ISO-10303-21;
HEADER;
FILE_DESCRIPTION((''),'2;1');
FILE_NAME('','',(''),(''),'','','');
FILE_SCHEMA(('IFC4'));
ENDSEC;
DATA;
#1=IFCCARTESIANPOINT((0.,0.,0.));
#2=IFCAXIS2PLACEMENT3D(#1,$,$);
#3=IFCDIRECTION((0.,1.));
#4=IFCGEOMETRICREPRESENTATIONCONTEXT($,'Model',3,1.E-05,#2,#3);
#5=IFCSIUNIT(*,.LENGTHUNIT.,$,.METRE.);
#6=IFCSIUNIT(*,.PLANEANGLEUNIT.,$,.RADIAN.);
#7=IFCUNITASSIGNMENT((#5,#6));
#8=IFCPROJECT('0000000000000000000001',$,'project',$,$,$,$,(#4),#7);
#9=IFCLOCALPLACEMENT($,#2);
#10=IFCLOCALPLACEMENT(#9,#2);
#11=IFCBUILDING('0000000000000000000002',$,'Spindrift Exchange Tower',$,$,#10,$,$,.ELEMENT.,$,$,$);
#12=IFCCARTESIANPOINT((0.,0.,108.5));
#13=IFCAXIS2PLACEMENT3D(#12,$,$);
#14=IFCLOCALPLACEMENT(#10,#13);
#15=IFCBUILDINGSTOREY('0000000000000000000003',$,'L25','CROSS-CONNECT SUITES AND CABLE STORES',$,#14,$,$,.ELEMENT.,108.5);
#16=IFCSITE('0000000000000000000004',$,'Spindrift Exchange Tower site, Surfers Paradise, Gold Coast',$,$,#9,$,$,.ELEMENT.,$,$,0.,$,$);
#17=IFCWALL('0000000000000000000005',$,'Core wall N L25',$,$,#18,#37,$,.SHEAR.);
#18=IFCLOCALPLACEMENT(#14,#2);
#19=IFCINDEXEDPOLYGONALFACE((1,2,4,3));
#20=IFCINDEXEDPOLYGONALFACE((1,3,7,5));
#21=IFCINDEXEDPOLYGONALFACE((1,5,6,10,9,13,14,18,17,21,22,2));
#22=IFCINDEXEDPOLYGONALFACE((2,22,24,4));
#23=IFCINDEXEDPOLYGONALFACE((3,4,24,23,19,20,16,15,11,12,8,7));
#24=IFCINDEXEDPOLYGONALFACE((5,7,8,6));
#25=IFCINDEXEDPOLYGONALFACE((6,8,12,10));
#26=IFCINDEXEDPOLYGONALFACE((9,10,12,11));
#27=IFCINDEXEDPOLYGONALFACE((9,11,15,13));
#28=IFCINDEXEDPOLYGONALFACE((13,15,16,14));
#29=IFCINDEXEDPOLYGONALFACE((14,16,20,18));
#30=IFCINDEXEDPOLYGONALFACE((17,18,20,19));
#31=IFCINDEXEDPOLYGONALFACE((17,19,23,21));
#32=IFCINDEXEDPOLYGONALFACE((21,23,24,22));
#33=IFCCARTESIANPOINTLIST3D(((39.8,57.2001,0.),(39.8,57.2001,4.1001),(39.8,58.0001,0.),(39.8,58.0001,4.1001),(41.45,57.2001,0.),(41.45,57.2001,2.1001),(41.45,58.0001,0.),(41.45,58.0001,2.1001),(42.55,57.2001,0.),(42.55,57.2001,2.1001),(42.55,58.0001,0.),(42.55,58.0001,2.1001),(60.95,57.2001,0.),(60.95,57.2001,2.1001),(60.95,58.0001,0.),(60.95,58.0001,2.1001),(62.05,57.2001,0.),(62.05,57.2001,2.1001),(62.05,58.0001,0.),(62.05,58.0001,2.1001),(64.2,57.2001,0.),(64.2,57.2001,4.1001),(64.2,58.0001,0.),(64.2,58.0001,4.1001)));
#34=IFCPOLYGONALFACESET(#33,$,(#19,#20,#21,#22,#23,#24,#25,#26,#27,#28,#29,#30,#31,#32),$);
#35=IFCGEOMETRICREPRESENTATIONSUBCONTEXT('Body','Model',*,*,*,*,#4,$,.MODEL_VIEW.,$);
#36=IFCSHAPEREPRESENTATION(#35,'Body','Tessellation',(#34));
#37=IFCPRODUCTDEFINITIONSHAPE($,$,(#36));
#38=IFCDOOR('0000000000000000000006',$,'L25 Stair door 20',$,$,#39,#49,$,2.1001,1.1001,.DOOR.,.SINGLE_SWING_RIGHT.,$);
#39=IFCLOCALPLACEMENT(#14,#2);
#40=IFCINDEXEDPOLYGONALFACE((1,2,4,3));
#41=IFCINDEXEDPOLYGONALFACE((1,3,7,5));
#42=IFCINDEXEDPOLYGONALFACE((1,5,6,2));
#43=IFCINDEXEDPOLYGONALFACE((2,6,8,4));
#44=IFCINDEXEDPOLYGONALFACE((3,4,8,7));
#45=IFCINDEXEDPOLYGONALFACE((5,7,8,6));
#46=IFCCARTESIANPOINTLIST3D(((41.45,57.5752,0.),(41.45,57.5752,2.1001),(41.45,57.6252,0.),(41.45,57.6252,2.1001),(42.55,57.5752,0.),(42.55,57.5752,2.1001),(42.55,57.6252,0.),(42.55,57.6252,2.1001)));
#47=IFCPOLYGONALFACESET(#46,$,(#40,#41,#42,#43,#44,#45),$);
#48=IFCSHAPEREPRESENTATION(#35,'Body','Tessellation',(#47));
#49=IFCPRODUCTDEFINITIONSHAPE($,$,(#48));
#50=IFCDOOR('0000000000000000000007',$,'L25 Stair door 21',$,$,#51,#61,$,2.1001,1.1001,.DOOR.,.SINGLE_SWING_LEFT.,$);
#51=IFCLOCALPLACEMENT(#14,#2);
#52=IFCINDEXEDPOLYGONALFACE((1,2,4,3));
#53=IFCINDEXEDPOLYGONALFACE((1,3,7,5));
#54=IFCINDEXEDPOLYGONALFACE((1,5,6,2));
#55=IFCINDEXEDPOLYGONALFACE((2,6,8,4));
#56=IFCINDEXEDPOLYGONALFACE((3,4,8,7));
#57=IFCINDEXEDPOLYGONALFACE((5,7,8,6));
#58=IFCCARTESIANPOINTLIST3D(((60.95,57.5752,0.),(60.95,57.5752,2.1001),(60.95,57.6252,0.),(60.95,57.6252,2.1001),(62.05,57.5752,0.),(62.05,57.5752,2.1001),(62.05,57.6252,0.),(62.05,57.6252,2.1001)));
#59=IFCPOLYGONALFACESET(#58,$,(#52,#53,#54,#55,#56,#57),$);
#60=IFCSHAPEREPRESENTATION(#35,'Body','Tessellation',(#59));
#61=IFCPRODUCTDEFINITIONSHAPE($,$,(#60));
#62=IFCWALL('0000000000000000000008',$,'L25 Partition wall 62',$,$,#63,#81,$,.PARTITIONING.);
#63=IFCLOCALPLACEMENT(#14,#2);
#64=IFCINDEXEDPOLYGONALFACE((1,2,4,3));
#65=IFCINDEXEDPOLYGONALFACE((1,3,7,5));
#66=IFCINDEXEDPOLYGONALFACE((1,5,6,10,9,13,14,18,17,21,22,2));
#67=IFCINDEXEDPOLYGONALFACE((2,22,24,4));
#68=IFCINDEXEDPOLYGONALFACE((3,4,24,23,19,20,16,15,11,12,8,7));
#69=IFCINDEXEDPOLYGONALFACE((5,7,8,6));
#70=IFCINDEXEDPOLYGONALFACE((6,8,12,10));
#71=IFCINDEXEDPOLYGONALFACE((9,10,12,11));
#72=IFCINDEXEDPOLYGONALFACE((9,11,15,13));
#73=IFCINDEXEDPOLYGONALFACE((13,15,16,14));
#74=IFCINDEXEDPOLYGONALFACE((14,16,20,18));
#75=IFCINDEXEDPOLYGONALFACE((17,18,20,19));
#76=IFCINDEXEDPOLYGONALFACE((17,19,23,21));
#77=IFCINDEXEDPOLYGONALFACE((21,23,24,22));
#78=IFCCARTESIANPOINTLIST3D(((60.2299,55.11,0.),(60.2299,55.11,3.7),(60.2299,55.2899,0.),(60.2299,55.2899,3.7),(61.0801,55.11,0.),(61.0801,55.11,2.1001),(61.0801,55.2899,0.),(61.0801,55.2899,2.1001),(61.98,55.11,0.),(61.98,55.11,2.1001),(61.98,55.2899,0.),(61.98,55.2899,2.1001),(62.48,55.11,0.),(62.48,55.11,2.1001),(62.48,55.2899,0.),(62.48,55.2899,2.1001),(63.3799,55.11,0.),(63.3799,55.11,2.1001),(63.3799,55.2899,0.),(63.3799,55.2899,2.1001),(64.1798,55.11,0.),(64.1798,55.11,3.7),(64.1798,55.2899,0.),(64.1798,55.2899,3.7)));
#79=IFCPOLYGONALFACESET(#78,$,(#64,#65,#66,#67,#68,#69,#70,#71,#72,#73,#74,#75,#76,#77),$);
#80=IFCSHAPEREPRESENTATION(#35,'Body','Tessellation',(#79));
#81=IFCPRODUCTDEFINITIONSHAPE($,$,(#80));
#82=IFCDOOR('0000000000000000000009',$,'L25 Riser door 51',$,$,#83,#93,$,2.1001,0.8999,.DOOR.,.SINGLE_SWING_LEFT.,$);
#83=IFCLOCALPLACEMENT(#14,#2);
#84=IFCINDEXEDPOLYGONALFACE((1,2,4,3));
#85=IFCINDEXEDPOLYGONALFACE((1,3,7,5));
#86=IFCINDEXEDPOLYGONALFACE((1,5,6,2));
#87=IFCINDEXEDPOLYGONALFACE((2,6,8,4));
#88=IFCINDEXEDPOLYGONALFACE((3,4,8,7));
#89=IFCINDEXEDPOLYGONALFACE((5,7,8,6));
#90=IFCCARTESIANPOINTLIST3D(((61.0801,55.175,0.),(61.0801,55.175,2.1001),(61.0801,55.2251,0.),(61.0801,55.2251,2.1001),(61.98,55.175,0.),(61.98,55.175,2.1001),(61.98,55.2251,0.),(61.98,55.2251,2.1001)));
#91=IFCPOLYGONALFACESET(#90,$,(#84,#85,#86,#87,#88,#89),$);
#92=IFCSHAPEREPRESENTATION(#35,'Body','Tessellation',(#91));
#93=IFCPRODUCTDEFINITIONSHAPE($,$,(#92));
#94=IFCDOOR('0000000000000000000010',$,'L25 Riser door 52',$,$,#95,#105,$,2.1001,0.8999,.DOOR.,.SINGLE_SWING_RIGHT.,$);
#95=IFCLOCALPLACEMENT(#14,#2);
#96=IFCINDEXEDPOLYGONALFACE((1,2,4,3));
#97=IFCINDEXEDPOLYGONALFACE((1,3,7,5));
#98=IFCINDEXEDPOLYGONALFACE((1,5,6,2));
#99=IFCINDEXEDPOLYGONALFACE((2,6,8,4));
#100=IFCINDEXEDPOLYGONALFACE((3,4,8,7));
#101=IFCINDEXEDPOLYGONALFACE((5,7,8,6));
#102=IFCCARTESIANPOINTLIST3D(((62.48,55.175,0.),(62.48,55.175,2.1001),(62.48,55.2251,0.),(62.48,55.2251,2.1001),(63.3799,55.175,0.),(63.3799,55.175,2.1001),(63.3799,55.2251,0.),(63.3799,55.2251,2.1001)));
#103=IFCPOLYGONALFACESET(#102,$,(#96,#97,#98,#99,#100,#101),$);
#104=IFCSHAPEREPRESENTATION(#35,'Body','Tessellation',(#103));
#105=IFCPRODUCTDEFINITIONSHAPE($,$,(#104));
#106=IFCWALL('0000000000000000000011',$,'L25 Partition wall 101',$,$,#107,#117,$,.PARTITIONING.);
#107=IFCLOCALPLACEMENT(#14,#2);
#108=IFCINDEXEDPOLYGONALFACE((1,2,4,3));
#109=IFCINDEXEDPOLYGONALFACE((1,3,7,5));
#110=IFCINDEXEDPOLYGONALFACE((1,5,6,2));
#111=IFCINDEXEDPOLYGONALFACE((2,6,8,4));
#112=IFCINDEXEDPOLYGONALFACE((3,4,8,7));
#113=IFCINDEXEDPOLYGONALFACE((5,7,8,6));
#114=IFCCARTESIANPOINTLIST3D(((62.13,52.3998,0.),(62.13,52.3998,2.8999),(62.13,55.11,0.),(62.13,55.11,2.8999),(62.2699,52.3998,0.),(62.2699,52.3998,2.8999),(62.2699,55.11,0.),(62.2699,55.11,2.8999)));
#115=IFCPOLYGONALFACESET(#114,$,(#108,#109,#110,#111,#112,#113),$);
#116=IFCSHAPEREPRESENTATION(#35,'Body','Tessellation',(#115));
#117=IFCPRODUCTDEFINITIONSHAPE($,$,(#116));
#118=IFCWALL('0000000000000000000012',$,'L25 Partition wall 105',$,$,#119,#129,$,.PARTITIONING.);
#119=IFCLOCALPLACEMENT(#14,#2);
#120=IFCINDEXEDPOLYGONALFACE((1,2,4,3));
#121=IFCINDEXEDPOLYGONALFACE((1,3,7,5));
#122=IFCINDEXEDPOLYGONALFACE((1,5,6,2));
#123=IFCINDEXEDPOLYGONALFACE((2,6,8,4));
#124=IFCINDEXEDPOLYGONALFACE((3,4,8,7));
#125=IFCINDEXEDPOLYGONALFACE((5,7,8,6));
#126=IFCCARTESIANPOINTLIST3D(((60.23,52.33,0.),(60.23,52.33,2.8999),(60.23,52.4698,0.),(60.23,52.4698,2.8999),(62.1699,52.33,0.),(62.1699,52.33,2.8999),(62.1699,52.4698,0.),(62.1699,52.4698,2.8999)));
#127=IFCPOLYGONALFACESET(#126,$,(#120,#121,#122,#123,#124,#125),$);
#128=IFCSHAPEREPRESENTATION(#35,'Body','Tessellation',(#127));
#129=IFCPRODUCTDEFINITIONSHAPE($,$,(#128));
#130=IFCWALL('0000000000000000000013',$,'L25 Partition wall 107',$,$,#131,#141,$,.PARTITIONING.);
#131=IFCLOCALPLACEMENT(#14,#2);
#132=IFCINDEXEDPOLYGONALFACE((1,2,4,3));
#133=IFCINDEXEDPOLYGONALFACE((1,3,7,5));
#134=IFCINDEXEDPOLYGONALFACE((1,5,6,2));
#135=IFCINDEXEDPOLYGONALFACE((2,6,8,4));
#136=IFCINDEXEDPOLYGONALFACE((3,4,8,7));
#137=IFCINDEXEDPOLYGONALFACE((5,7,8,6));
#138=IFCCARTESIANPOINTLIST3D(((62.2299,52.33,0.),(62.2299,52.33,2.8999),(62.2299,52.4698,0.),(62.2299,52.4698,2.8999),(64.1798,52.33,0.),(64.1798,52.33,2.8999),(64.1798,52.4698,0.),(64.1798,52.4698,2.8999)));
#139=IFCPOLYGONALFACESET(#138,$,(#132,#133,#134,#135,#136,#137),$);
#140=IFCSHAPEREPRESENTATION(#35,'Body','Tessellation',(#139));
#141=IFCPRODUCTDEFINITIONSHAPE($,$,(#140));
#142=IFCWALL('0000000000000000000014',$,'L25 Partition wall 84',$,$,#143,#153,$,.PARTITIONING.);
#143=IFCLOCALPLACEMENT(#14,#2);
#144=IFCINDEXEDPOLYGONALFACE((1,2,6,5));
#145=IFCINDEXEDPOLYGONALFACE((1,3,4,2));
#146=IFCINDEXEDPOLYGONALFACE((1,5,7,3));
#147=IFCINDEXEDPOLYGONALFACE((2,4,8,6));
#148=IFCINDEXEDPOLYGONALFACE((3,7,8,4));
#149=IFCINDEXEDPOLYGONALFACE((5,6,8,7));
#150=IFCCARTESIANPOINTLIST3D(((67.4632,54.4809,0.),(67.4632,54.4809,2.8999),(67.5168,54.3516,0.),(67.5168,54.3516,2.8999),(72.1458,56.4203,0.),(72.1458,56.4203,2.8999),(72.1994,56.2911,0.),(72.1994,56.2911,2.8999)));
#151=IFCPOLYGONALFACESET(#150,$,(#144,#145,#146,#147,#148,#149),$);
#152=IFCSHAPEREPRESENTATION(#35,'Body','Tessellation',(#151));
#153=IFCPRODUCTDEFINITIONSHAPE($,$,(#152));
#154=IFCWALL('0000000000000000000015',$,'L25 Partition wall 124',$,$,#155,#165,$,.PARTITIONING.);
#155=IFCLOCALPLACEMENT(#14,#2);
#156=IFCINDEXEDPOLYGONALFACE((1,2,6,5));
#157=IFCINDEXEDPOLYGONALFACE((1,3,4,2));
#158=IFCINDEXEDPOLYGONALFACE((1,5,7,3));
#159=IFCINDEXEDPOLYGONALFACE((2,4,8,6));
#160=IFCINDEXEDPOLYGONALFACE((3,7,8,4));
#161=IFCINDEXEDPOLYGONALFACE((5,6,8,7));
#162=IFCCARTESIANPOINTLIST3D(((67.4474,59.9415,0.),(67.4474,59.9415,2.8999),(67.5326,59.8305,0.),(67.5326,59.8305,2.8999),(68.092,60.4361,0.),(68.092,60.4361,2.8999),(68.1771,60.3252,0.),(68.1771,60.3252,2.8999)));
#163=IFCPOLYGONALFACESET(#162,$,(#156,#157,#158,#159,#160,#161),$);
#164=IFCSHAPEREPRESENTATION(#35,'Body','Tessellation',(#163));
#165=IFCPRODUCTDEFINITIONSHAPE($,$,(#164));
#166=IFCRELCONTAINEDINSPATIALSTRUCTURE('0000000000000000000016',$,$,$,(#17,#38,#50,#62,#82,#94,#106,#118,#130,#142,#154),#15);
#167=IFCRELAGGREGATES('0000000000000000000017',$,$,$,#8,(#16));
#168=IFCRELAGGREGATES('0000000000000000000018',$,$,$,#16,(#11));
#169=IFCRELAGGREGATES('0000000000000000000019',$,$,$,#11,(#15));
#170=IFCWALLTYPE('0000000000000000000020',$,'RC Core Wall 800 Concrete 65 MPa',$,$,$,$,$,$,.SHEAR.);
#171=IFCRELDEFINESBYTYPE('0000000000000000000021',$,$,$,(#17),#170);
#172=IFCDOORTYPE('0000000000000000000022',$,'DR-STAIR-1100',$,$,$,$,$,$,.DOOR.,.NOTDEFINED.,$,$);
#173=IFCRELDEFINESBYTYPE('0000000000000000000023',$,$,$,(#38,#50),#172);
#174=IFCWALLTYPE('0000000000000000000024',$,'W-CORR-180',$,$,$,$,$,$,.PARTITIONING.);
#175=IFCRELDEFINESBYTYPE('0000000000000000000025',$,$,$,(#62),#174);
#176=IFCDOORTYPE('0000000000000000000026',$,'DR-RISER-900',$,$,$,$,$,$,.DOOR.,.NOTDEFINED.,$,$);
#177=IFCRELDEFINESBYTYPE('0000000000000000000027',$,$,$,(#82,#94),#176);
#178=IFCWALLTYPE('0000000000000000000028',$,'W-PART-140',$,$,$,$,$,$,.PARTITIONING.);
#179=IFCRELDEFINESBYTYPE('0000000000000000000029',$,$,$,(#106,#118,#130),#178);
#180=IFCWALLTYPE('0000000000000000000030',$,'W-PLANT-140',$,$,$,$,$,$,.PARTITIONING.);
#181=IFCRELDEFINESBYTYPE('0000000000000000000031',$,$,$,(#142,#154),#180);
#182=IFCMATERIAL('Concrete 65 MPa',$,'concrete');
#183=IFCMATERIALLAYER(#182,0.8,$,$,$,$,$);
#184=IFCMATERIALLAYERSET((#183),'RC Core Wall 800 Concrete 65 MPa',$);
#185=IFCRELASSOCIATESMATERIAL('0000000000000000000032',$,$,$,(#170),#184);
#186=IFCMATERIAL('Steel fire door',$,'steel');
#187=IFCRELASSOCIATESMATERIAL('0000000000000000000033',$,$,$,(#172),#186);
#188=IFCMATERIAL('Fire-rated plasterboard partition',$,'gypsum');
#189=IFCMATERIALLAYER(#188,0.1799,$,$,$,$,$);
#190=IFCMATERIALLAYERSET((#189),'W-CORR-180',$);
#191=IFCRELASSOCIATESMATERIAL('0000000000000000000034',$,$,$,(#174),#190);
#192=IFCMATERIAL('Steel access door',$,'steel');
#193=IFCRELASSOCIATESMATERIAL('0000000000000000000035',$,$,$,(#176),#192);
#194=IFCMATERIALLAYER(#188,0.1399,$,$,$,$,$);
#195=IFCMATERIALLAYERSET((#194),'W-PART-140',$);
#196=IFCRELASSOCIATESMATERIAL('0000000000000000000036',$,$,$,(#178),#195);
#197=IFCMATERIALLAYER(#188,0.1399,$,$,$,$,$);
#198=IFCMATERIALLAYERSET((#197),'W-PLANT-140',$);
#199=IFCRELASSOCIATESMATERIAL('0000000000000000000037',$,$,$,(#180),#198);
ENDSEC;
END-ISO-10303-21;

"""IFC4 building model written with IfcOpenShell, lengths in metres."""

from ifc_helpers import new_model, si_unit, direction, frame, frame_2d, origin, place, context, subcontext, project, spatial, rectangle, extrude, source, transform, mapped, material, layer, layer_set, type_object, element, fill, save


model = new_model("IFC4")

# Units and contexts
model_context = context("Model", 3, precision=1e-05, world=origin(), true_north=direction((0.0, 1.0)))
body_context = subcontext(model_context, "Body", "Model", "MODEL_VIEW")
ifc_project = project(units=[si_unit("LENGTHUNIT", "METRE"), si_unit("PLANEANGLEUNIT", "RADIAN")], contexts=[model_context])

# Site, building, storey
site_placement = place(None, origin())
site = spatial("IfcSite", under=ifc_project, at=site_placement, Name="Spindrift Exchange Tower site, Surfers Paradise, Gold Coast", CompositionType="ELEMENT", RefElevation=0.0)
building_placement = place(site_placement, origin())
building = spatial("IfcBuilding", under=site, at=building_placement, Name="Spindrift Exchange Tower", CompositionType="ELEMENT")
storey_placement = place(building_placement, frame((0.0, 0.0, 108.5)))
storey = spatial("IfcBuildingStorey", under=building, at=storey_placement, Name="L25", Description="CROSS-CONNECT SUITES AND CABLE STORES", CompositionType="ELEMENT", Elevation=108.5)

# Walls, openings, doors
ifc_material_1 = material(Name="Concrete 65 MPa", Category="concrete")
ifc_layer_1 = layer(ifc_material_1, 0.8)
ifc_layer_set_1 = layer_set([ifc_layer_1], Name="RC Core Wall 800 Concrete 65 MPa")
wall_type_1 = type_object("IfcWallType", Name="RC Core Wall 800 Concrete 65 MPa", PredefinedType="SHEAR", material=ifc_layer_set_1)
wall_1_placement = place(storey_placement, frame((64.2, 57.6001, 0.0), z_axis=(0.0, 0.0, 1.0), x_axis=(-1.0, 0.0, 0.0)))
wall_1 = element("IfcWall", 1, at=wall_1_placement, inside=storey, type_object=wall_type_1, Name="Core wall N L25", PredefinedType="SHEAR", context=body_context, shape_type="SweptSolid", body=[
    extrude(rectangle(XDim=24.3999, YDim=0.8, at=frame_2d((12.2, 0.0))), origin(), (0.0, 0.0, 1.0), 4.1001),
])
opening_1_placement = place(wall_1_placement, frame((21.6499, 0.0, 0.0)))
opening_1 = element("IfcOpeningElement", 2, at=opening_1_placement, cuts=wall_1, PredefinedType="OPENING", context=body_context, shape_type="SweptSolid", body=[
    extrude(rectangle(XDim=1.1001, YDim=2.1001, at=frame_2d((0.55, 1.05))), frame((0.0, 0.4099, 0.0), z_axis=(0.0, -1.0, 0.0), x_axis=(1.0, 0.0, 0.0)), (0.0, 0.0, 1.0), 0.8201),
])
opening_2_placement = place(wall_1_placement, frame((2.1499, 0.0, 0.0)))
opening_2 = element("IfcOpeningElement", 3, at=opening_2_placement, cuts=wall_1, PredefinedType="OPENING", context=body_context, shape_type="SweptSolid", body=[
    extrude(rectangle(XDim=1.1001, YDim=2.1001, at=frame_2d((0.55, 1.05))), frame((0.0, 0.4099, 0.0), z_axis=(0.0, -1.0, 0.0), x_axis=(1.0, 0.0, 0.0)), (0.0, 0.0, 1.0), 0.8201),
])
ifc_material_2 = material(Name="Steel fire door", Category="steel")
door_type_1 = type_object("IfcDoorType", Name="DR-STAIR-1100", OperationType="NOTDEFINED", PredefinedType="DOOR", material=ifc_material_2)
shared_shape_1 = source(origin(), body_context, "Body", "SweptSolid", [
    extrude(rectangle(XDim=1.1001, YDim=2.1001, at=frame_2d((0.55, 1.05))), frame((0.0, 0.0249, 0.0), z_axis=(0.0, -1.0, 0.0), x_axis=(1.0, 0.0, 0.0)), (0.0, 0.0, 1.0), 0.05),
])
door_1_placement = place(opening_1_placement, origin())
door_1 = element("IfcDoor", 4, at=door_1_placement, inside=storey, type_object=door_type_1, Name="L25 Stair door 20", OperationType="SINGLE_SWING_RIGHT", OverallHeight=2.1001, OverallWidth=1.1001, PredefinedType="DOOR", context=body_context, shape_type="MappedRepresentation", body=[
    mapped(shared_shape_1, transform((0.0, 0.0, 0.0), scale=1.0)),
])
fill(opening_1, door_1)
door_2_placement = place(opening_2_placement, origin())
door_2 = element("IfcDoor", 5, at=door_2_placement, inside=storey, type_object=door_type_1, Name="L25 Stair door 21", OperationType="SINGLE_SWING_LEFT", OverallHeight=2.1001, OverallWidth=1.1001, PredefinedType="DOOR", context=body_context, shape_type="MappedRepresentation", body=[
    mapped(shared_shape_1, transform((0.0, 0.0, 0.0), scale=1.0)),
])
fill(opening_2, door_2)
ifc_material_3 = material(Name="Fire-rated plasterboard partition", Category="gypsum")
ifc_layer_2 = layer(ifc_material_3, 0.1799)
ifc_layer_set_2 = layer_set([ifc_layer_2], Name="W-CORR-180")
wall_type_2 = type_object("IfcWallType", Name="W-CORR-180", PredefinedType="PARTITIONING", material=ifc_layer_set_2)
wall_2_placement = place(storey_placement, frame((64.1799, 55.2, 0.0), z_axis=(0.0, 0.0, 1.0), x_axis=(-1.0, 0.0, 0.0)))
wall_2 = element("IfcWall", 6, at=wall_2_placement, inside=storey, type_object=wall_type_2, Name="L25 Partition wall 62", PredefinedType="PARTITIONING", context=body_context, shape_type="SweptSolid", body=[
    extrude(rectangle(XDim=3.95, YDim=0.1799, at=frame_2d((1.9751, 0.0))), origin(), (0.0, 0.0, 1.0), 3.7),
])
opening_3_placement = place(wall_2_placement, frame((2.2, 0.0, 0.0)))
opening_3 = element("IfcOpeningElement", 7, at=opening_3_placement, cuts=wall_2, PredefinedType="OPENING", context=body_context, shape_type="SweptSolid", body=[
    extrude(rectangle(XDim=0.8999, YDim=2.1001, at=frame_2d((0.45, 1.05))), frame((0.0, 0.0999, 0.0), z_axis=(0.0, -1.0, 0.0), x_axis=(1.0, 0.0, 0.0)), (0.0, 0.0, 1.0), 0.2),
])
opening_4_placement = place(wall_2_placement, frame((0.8, 0.0, 0.0)))
opening_4 = element("IfcOpeningElement", 8, at=opening_4_placement, cuts=wall_2, PredefinedType="OPENING", context=body_context, shape_type="SweptSolid", body=[
    extrude(rectangle(XDim=0.8999, YDim=2.1001, at=frame_2d((0.45, 1.05))), frame((0.0, 0.0999, 0.0), z_axis=(0.0, -1.0, 0.0), x_axis=(1.0, 0.0, 0.0)), (0.0, 0.0, 1.0), 0.2),
])
ifc_material_4 = material(Name="Steel access door", Category="steel")
door_type_2 = type_object("IfcDoorType", Name="DR-RISER-900", OperationType="NOTDEFINED", PredefinedType="DOOR", material=ifc_material_4)
shared_shape_2 = source(origin(), body_context, "Body", "SweptSolid", [
    extrude(rectangle(XDim=0.8999, YDim=2.1001, at=frame_2d((0.45, 1.05))), frame((0.0, 0.0249, 0.0), z_axis=(0.0, -1.0, 0.0), x_axis=(1.0, 0.0, 0.0)), (0.0, 0.0, 1.0), 0.05),
])
door_3_placement = place(opening_3_placement, origin())
door_3 = element("IfcDoor", 9, at=door_3_placement, inside=storey, type_object=door_type_2, Name="L25 Riser door 51", OperationType="SINGLE_SWING_LEFT", OverallHeight=2.1001, OverallWidth=0.8999, PredefinedType="DOOR", context=body_context, shape_type="MappedRepresentation", body=[
    mapped(shared_shape_2, transform((0.0, 0.0, 0.0), scale=1.0)),
])
fill(opening_3, door_3)
door_4_placement = place(opening_4_placement, origin())
door_4 = element("IfcDoor", 10, at=door_4_placement, inside=storey, type_object=door_type_2, Name="L25 Riser door 52", OperationType="SINGLE_SWING_RIGHT", OverallHeight=2.1001, OverallWidth=0.8999, PredefinedType="DOOR", context=body_context, shape_type="MappedRepresentation", body=[
    mapped(shared_shape_2, transform((0.0, 0.0, 0.0), scale=1.0)),
])
fill(opening_4, door_4)

# Walls
ifc_layer_3 = layer(ifc_material_3, 0.1399)
ifc_layer_set_3 = layer_set([ifc_layer_3], Name="W-PART-140")
wall_type_3 = type_object("IfcWallType", Name="W-PART-140", PredefinedType="PARTITIONING", material=ifc_layer_set_3)
wall_3_placement = place(storey_placement, frame((62.2, 52.3999, 0.0), z_axis=(0.0, 0.0, 1.0), x_axis=(0.0, 1.0, 0.0)))
element("IfcWall", 11, at=wall_3_placement, inside=storey, type_object=wall_type_3, Name="L25 Partition wall 101", PredefinedType="PARTITIONING", context=body_context, shape_type="SweptSolid", body=[
    extrude(rectangle(XDim=2.7102, YDim=0.1399, at=frame_2d((1.355, 0.0))), origin(), (0.0, 0.0, 1.0), 2.8999),
])
wall_4_placement = place(storey_placement, frame((62.1699, 52.3999, 0.0), z_axis=(0.0, 0.0, 1.0), x_axis=(-1.0, 0.0, 0.0)))
element("IfcWall", 12, at=wall_4_placement, inside=storey, type_object=wall_type_3, Name="L25 Partition wall 105", PredefinedType="PARTITIONING", context=body_context, shape_type="SweptSolid", body=[
    extrude(rectangle(XDim=1.9399, YDim=0.1399, at=frame_2d((0.97, 0.0))), origin(), (0.0, 0.0, 1.0), 2.8999),
])
wall_5_placement = place(storey_placement, frame((64.1799, 52.3999, 0.0), z_axis=(0.0, 0.0, 1.0), x_axis=(-1.0, 0.0, 0.0)))
element("IfcWall", 13, at=wall_5_placement, inside=storey, type_object=wall_type_3, Name="L25 Partition wall 107", PredefinedType="PARTITIONING", context=body_context, shape_type="SweptSolid", body=[
    extrude(rectangle(XDim=1.95, YDim=0.1399, at=frame_2d((0.9751, 0.0))), origin(), (0.0, 0.0, 1.0), 2.8999),
])
ifc_layer_4 = layer(ifc_material_3, 0.1399)
ifc_layer_set_4 = layer_set([ifc_layer_4], Name="W-PLANT-140")
wall_type_4 = type_object("IfcWallType", Name="W-PLANT-140", PredefinedType="PARTITIONING", material=ifc_layer_set_4)
wall_6_placement = place(storey_placement, frame((67.49, 54.4163, 0.0), z_axis=(0.0, 0.0, 1.0), x_axis=(0.92389, 0.382658, 0.0)))
element("IfcWall", 14, at=wall_6_placement, inside=storey, type_object=wall_type_4, Name="L25 Partition wall 84", PredefinedType="PARTITIONING", context=body_context, shape_type="SweptSolid", body=[
    extrude(rectangle(XDim=5.0684, YDim=0.1399, at=frame_2d((2.5342, 0.0))), origin(), (0.0, 0.0, 1.0), 2.8999),
])
wall_7_placement = place(storey_placement, frame((67.49, 59.886, 0.0), z_axis=(0.0, 0.0, 1.0), x_axis=(0.793316, 0.60881, 0.0)))
element("IfcWall", 15, at=wall_7_placement, inside=storey, type_object=wall_type_4, Name="L25 Partition wall 124", PredefinedType="PARTITIONING", context=body_context, shape_type="SweptSolid", body=[
    extrude(rectangle(XDim=0.8125, YDim=0.1399, at=frame_2d((0.4062, 0.0))), origin(), (0.0, 0.0, 1.0), 2.8999),
])

save(model, "model.ifc")
